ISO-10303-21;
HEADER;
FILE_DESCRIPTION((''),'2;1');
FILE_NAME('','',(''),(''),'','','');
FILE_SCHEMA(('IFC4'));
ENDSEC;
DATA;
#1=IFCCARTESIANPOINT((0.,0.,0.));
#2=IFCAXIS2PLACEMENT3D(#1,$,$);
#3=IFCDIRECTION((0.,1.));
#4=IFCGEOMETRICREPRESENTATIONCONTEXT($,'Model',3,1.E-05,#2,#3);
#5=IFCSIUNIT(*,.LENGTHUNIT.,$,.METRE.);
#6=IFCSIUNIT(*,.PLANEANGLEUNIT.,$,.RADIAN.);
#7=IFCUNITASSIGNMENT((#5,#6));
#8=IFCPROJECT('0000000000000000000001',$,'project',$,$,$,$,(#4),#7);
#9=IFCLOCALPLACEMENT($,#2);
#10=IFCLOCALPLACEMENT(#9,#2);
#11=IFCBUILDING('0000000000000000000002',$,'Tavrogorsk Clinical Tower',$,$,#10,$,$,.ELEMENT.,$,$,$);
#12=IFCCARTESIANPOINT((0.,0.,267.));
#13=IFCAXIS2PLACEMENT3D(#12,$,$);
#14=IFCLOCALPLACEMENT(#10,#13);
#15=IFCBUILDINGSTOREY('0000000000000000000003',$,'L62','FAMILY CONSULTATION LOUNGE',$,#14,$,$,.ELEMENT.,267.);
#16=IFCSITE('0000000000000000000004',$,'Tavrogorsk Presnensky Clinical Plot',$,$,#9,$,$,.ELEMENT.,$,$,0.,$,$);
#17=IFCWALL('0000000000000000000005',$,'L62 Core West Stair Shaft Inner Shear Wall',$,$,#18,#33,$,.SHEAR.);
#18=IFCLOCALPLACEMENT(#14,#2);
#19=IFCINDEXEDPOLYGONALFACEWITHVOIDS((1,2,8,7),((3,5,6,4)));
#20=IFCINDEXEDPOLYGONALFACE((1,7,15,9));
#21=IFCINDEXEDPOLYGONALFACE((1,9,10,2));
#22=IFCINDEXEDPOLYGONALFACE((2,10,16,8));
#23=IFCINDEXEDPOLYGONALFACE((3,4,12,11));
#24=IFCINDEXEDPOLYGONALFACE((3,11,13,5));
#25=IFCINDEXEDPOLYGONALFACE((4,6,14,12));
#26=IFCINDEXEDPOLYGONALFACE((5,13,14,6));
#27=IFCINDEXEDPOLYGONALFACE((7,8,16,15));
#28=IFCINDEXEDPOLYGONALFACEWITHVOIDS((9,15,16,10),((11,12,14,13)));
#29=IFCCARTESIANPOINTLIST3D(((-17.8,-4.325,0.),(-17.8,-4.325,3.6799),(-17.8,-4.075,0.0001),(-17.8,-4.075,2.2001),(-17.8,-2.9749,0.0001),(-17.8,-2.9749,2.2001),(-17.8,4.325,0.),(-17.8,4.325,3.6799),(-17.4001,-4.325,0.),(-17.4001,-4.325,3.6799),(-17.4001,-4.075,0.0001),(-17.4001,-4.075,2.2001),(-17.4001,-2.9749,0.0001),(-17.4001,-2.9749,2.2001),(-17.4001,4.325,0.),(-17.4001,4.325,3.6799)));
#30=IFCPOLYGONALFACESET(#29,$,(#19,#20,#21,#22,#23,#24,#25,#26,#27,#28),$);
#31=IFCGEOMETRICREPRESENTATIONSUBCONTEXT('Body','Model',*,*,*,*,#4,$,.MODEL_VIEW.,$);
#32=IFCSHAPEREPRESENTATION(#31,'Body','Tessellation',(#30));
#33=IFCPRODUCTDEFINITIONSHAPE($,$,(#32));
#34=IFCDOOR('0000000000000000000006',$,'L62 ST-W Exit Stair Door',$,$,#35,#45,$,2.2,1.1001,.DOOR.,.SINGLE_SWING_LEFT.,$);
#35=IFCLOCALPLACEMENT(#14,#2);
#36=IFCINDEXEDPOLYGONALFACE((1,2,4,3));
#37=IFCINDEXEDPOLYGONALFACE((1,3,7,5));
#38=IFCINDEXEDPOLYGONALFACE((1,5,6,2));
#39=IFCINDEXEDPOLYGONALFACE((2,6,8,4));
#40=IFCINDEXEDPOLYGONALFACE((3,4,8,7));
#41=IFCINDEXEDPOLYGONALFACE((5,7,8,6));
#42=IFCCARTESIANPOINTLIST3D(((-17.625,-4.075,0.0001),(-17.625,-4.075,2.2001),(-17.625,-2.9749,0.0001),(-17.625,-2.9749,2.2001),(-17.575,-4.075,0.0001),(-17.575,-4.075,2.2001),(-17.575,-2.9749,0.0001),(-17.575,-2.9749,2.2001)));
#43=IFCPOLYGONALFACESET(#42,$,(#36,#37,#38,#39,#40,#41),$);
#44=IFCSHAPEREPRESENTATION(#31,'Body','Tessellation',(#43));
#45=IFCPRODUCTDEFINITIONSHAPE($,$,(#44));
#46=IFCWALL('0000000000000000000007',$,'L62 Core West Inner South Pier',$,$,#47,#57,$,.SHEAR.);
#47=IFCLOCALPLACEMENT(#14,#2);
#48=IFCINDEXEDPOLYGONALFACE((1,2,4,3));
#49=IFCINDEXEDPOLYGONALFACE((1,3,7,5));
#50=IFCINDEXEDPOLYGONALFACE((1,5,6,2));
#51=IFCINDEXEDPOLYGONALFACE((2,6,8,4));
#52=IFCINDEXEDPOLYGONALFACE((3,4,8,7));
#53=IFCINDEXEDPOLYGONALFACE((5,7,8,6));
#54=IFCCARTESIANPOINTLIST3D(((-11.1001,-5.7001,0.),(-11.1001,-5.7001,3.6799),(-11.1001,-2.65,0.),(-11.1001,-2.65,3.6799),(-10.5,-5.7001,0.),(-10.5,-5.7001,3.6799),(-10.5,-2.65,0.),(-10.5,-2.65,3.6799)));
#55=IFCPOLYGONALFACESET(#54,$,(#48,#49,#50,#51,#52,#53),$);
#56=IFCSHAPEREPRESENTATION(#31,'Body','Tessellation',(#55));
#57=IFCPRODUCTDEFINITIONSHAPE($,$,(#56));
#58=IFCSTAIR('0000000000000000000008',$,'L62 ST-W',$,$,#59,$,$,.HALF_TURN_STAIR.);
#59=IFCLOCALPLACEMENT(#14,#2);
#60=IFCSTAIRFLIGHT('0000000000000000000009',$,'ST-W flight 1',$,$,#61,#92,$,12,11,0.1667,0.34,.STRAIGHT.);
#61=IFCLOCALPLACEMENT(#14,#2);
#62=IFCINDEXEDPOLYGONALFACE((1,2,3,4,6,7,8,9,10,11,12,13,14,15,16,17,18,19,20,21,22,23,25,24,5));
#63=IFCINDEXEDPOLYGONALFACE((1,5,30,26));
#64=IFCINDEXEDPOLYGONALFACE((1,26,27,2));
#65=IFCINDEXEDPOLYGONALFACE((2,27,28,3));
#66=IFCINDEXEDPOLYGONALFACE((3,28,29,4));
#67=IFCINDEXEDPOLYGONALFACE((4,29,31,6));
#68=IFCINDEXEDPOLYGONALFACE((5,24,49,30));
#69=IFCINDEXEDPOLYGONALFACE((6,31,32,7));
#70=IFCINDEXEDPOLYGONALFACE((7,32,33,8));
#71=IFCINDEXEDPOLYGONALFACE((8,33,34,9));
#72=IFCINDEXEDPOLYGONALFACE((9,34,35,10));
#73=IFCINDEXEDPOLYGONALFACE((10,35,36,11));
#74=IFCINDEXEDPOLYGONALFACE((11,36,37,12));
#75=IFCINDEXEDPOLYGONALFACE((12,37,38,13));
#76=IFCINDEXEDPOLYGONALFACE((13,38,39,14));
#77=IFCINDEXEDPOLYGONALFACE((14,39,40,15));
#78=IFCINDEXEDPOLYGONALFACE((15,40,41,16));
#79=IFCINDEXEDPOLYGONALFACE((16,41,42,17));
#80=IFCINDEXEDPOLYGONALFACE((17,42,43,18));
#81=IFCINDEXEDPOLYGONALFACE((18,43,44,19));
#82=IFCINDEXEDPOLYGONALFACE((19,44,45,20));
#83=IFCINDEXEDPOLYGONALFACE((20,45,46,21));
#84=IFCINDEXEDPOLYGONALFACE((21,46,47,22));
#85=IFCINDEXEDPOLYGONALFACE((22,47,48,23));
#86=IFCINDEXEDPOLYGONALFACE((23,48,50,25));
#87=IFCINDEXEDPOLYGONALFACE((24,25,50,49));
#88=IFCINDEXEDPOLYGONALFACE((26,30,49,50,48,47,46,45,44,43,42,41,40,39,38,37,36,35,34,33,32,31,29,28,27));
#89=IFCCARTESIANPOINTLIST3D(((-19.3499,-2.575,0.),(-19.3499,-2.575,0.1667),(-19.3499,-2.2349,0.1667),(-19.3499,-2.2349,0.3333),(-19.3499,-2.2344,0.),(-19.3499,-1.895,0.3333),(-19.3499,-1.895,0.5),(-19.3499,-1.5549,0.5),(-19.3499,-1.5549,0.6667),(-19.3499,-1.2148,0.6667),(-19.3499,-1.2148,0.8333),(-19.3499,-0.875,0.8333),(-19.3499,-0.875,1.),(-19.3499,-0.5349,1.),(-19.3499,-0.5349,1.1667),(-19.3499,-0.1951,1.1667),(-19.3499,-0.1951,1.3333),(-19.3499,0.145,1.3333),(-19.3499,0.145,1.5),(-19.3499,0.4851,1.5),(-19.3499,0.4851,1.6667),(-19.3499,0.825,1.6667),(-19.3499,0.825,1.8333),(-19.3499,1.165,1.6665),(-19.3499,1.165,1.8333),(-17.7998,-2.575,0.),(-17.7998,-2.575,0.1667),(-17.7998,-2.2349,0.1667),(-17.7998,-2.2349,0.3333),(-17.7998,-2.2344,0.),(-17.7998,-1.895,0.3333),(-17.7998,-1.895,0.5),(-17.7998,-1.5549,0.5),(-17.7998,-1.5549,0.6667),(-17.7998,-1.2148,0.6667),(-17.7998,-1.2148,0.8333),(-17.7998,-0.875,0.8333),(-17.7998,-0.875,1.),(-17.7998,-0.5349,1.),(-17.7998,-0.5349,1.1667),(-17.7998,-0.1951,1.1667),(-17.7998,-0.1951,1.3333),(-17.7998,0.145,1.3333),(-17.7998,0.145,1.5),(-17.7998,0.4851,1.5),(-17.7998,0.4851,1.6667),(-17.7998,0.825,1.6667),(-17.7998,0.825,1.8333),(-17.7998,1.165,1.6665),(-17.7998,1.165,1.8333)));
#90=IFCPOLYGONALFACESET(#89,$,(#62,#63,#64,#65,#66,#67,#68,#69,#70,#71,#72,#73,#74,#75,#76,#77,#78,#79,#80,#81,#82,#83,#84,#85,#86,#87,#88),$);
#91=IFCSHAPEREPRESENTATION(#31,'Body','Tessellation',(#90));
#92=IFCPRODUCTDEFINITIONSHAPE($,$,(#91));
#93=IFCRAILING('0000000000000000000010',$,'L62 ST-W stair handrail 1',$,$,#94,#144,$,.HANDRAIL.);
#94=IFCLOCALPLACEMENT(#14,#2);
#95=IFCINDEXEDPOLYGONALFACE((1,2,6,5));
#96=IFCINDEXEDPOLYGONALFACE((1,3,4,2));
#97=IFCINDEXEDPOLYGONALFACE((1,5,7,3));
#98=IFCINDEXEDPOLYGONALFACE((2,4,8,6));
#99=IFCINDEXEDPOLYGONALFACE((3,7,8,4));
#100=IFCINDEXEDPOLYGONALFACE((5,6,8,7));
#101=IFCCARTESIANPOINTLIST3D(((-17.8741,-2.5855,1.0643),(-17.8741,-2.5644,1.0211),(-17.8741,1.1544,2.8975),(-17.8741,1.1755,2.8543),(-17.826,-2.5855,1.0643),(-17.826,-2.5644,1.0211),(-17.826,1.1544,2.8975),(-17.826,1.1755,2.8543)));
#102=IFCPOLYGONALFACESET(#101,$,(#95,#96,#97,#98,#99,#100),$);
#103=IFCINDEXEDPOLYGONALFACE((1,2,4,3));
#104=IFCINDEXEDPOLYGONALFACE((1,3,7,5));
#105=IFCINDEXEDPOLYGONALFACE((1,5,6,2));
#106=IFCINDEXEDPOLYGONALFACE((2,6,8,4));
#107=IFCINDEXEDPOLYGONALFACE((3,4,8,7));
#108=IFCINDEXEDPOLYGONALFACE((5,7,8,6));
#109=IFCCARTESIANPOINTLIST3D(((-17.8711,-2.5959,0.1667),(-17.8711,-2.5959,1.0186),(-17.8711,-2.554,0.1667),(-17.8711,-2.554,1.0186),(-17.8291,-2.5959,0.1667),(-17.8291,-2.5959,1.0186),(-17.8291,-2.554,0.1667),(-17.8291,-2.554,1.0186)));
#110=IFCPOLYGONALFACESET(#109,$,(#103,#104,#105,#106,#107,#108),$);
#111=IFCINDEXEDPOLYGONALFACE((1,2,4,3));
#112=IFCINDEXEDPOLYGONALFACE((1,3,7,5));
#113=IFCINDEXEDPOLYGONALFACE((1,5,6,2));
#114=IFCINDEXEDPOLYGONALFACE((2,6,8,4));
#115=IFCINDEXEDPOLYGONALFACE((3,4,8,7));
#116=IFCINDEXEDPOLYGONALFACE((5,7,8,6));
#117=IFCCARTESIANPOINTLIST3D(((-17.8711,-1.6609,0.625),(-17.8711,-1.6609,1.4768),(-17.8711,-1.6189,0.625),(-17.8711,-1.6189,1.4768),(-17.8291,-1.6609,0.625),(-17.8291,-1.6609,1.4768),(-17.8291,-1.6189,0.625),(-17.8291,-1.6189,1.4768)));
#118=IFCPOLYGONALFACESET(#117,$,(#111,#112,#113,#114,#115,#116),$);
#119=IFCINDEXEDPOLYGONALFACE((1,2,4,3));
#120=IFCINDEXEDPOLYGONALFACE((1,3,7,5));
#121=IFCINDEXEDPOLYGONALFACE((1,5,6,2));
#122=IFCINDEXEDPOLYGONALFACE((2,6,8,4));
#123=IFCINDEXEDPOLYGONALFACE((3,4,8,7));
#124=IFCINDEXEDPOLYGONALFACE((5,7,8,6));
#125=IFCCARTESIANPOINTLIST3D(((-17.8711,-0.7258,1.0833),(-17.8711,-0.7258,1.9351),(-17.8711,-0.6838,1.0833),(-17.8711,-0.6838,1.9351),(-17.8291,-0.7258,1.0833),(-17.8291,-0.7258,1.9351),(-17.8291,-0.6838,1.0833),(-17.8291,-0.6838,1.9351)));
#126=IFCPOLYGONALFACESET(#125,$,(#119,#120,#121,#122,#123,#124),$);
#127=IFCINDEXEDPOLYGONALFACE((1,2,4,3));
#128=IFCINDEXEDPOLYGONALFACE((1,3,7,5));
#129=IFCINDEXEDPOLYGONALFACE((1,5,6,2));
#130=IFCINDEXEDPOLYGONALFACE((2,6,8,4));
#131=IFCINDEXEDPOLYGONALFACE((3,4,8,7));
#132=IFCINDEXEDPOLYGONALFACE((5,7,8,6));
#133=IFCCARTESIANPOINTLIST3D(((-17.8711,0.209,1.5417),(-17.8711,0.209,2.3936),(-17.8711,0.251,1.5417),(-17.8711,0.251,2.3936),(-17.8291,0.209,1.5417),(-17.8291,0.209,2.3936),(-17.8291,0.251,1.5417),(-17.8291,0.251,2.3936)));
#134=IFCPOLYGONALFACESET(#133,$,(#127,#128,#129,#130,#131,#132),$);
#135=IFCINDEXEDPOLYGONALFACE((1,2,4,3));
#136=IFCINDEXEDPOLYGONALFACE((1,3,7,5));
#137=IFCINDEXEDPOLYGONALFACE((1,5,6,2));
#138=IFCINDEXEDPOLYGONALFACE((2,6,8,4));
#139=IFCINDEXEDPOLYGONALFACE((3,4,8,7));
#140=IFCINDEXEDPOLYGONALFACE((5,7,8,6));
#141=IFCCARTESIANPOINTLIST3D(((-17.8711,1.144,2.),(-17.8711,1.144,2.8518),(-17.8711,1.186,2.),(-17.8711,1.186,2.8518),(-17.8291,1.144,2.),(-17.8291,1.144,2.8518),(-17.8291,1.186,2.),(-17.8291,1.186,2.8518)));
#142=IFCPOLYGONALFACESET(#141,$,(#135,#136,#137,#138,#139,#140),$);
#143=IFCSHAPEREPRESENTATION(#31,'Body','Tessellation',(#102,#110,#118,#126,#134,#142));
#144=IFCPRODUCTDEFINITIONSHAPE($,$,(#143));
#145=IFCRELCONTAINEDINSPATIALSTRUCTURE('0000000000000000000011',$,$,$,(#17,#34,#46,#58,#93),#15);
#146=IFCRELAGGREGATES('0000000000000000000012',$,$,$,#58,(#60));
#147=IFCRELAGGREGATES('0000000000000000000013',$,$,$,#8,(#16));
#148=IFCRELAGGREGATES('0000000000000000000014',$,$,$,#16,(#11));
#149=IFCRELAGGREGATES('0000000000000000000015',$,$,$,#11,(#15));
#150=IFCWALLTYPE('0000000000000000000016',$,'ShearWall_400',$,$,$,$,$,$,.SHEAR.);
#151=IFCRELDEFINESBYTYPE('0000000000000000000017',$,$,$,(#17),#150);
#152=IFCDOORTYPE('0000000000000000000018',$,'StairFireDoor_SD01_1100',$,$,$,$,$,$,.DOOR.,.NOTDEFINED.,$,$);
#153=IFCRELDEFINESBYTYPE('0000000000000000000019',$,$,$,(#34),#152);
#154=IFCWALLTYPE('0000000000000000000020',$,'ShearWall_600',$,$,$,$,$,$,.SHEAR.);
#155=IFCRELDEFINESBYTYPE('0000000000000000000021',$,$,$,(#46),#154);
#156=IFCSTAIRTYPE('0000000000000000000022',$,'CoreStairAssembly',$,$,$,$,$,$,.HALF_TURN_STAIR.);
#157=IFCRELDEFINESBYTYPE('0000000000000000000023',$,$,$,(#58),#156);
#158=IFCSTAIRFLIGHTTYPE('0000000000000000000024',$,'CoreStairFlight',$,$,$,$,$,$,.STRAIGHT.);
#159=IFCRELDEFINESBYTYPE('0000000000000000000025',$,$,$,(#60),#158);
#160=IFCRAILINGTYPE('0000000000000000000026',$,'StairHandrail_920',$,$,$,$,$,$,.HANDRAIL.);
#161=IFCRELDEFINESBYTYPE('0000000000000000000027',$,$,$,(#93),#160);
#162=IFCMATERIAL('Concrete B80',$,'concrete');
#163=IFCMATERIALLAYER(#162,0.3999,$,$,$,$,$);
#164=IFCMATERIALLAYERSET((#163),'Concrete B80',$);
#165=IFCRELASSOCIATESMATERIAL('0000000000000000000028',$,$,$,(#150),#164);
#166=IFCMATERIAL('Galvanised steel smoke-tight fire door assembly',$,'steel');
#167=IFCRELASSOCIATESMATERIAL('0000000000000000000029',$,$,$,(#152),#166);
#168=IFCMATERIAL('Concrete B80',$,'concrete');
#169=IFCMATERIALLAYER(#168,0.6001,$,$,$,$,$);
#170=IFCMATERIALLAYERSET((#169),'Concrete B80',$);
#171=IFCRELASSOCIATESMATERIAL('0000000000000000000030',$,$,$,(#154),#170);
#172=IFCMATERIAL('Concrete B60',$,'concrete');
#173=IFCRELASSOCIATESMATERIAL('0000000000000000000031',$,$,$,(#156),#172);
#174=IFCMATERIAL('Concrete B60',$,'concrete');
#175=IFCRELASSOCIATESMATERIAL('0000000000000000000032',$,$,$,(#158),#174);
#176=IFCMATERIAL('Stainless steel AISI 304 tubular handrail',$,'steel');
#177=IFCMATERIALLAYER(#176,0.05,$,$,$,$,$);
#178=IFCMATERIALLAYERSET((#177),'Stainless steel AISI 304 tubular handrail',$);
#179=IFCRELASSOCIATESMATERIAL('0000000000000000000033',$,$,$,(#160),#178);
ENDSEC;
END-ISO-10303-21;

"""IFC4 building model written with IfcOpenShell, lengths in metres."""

from ifc_helpers import new_model, si_unit, direction, frame, frame_2d, origin, origin_2d, place, context, subcontext, project, spatial, polyline, rectangle, outline, extrude, material, layer, layer_set, type_object, element, fill, aggregate, save


model = new_model("IFC4")

# Units and contexts
model_context = context("Model", 3, precision=1e-05, world=origin(), true_north=direction((0.0, 1.0)))
body_context = subcontext(model_context, "Body", "Model", "MODEL_VIEW")
ifc_project = project(units=[si_unit("LENGTHUNIT", "METRE"), si_unit("PLANEANGLEUNIT", "RADIAN")], contexts=[model_context])

# Site, building, storey
site_placement = place(None, origin())
site = spatial("IfcSite", under=ifc_project, at=site_placement, Name="Tavrogorsk Presnensky Clinical Plot", CompositionType="ELEMENT", RefElevation=0.0)
building_placement = place(site_placement, origin())
building = spatial("IfcBuilding", under=site, at=building_placement, Name="Tavrogorsk Clinical Tower", CompositionType="ELEMENT")
storey_placement = place(building_placement, frame((0.0, 0.0, 267.0)))
storey = spatial("IfcBuildingStorey", under=building, at=storey_placement, Name="L62", Description="FAMILY CONSULTATION LOUNGE", CompositionType="ELEMENT", Elevation=267.0)

# Wall, opening, door
ifc_material_1 = material(Name="Concrete B80", Category="concrete")
ifc_layer_1 = layer(ifc_material_1, 0.3999)
ifc_layer_set_1 = layer_set([ifc_layer_1], Name="Concrete B80")
wall_type_1 = type_object("IfcWallType", Name="ShearWall_400", PredefinedType="SHEAR", material=ifc_layer_set_1)
wall_1_placement = place(storey_placement, frame((-17.6001, -4.325, 0.0), z_axis=(0.0, 0.0, 1.0), x_axis=(0.0, 1.0, 0.0)))
wall_1 = element("IfcWall", 1, at=wall_1_placement, inside=storey, type_object=wall_type_1, Name="L62 Core West Stair Shaft Inner Shear Wall", PredefinedType="SHEAR", context=body_context, shape_type="SweptSolid", body=[
    extrude(rectangle(XDim=8.6499, YDim=0.3999, at=frame_2d((4.325, 0.0))), origin(), (0.0, 0.0, 1.0), 3.6799),
])
opening_1_placement = place(wall_1_placement, frame((0.25, 0.0, 0.0)))
opening_1 = element("IfcOpeningElement", 2, at=opening_1_placement, cuts=wall_1, PredefinedType="OPENING", context=body_context, shape_type="SweptSolid", body=[
    extrude(rectangle(XDim=1.1001, YDim=2.2, at=frame_2d((0.55, 1.1001))), frame((0.0, 0.21, 0.0), z_axis=(0.0, -1.0, 0.0), x_axis=(1.0, 0.0, 0.0)), (0.0, 0.0, 1.0), 0.4199),
])
ifc_material_2 = material(Name="Galvanised steel smoke-tight fire door assembly", Category="steel")
door_type_1 = type_object("IfcDoorType", Name="StairFireDoor_SD01_1100", OperationType="NOTDEFINED", PredefinedType="DOOR", material=ifc_material_2)
door_1_placement = place(opening_1_placement, origin())
door_1 = element("IfcDoor", 3, at=door_1_placement, inside=storey, type_object=door_type_1, Name="L62 ST-W Exit Stair Door", OperationType="SINGLE_SWING_LEFT", OverallHeight=2.2, OverallWidth=1.1001, PredefinedType="DOOR", context=body_context, shape_type="SweptSolid", body=[
    extrude(rectangle(XDim=1.1001, YDim=2.2, at=frame_2d((0.55, 1.1001))), frame((0.0, 0.0249, 0.0), z_axis=(0.0, -1.0, 0.0), x_axis=(1.0, 0.0, 0.0)), (0.0, 0.0, 1.0), 0.05),
])
fill(opening_1, door_1)

# Wall
ifc_material_3 = material(Name="Concrete B80", Category="concrete")
ifc_layer_2 = layer(ifc_material_3, 0.6001)
ifc_layer_set_2 = layer_set([ifc_layer_2], Name="Concrete B80")
wall_type_2 = type_object("IfcWallType", Name="ShearWall_600", PredefinedType="SHEAR", material=ifc_layer_set_2)
wall_2_placement = place(storey_placement, frame((-10.8, -5.7, 0.0), z_axis=(0.0, 0.0, 1.0), x_axis=(0.0, 1.0, 0.0)))
element("IfcWall", 4, at=wall_2_placement, inside=storey, type_object=wall_type_2, Name="L62 Core West Inner South Pier", PredefinedType="SHEAR", context=body_context, shape_type="SweptSolid", body=[
    extrude(rectangle(XDim=3.05, YDim=0.6001, at=frame_2d((1.5249, 0.0))), origin(), (0.0, 0.0, 1.0), 3.6799),
])

# Stair, stair flight
ifc_material_4 = material(Name="Concrete B60", Category="concrete")
stair_type = type_object("IfcStairType", Name="CoreStairAssembly", PredefinedType="HALF_TURN_STAIR", material=ifc_material_4)
stair_placement = place(storey_placement, origin())
stair = element("IfcStair", 5, at=stair_placement, inside=storey, type_object=stair_type, Name="L62 ST-W", PredefinedType="HALF_TURN_STAIR")
ifc_material_5 = material(Name="Concrete B60", Category="concrete")
stair_flight_type = type_object("IfcStairFlightType", Name="CoreStairFlight", PredefinedType="STRAIGHT", material=ifc_material_5)
stair_flight_placement = place(storey_placement, frame((-18.575, -2.575, 0.0), z_axis=(0.0, 0.0, 1.0), x_axis=(0.0, 1.0, 0.0)))
stair_flight = element("IfcStairFlight", 6, at=stair_flight_placement, type_object=stair_flight_type, Name="ST-W flight 1", NumberOfRisers=12, NumberOfTreads=11, PredefinedType="STRAIGHT", RiserHeight=0.1667, TreadLength=0.34, context=body_context, shape_type="SweptSolid", body=[
    extrude(outline(polyline([(0.0, 0.0), (0.0, 0.1667), (0.3401, 0.1667), (0.3401, 0.3333), (0.6799, 0.3333), (0.6799, 0.5), (1.02, 0.5), (1.02, 0.6667), (1.3601, 0.6667), (1.3601, 0.8333), (1.7, 0.8333), (1.7, 1.0), (2.04, 1.0), (2.04, 1.1667), (2.3799, 1.1667), (2.3799, 1.3333), (2.72, 1.3333), (2.72, 1.5), (3.0601, 1.5), (3.0601, 1.6667), (3.3999, 1.6667), (3.3999, 1.8333), (3.74, 1.8333), (3.74, 2.0), (3.74, 1.6665), (0.3406, 0.0), (0.0, 0.0)])), frame((0.0, 0.7749, 0.0), z_axis=(0.0, -1.0, 0.0), x_axis=(1.0, 0.0, 0.0)), (0.0, 0.0, 1.0), 1.55),
])
aggregate(stair, [stair_flight])

# Railing
ifc_material_6 = material(Name="Stainless steel AISI 304 tubular handrail", Category="steel")
ifc_layer_3 = layer(ifc_material_6, 0.05)
ifc_layer_set_3 = layer_set([ifc_layer_3], Name="Stainless steel AISI 304 tubular handrail")
railing_type = type_object("IfcRailingType", Name="StairHandrail_920", PredefinedType="HANDRAIL", material=ifc_layer_set_3)
railing_placement = place(storey_placement, frame((-17.8501, -2.575, 0.1667)))
element("IfcRailing", 7, at=railing_placement, inside=storey, type_object=railing_type, Name="L62 ST-W stair handrail 1", PredefinedType="HANDRAIL", context=body_context, shape_type="SweptSolid", body=[
    extrude(rectangle(XDim=0.0481, YDim=0.0481, at=origin_2d()), frame((0.0, 0.0, 0.876), z_axis=(0.0, 0.897928, 0.440142), x_axis=(-1.0, 0.0, 0.0)), (0.0, 0.0, 1.0), 4.165),
    extrude(rectangle(XDim=0.042, YDim=0.042, at=origin_2d()), origin(), (0.0, 0.0, 1.0), 0.8518),
    extrude(rectangle(XDim=0.042, YDim=0.042, at=origin_2d()), frame((0.0, 0.9351, 0.4583)), (0.0, 0.0, 1.0), 0.8518),
    extrude(rectangle(XDim=0.042, YDim=0.042, at=origin_2d()), frame((0.0, 1.8701, 0.9165)), (0.0, 0.0, 1.0), 0.8518),
    extrude(rectangle(XDim=0.042, YDim=0.042, at=origin_2d()), frame((0.0, 2.8049, 1.375)), (0.0, 0.0, 1.0), 0.8518),
    extrude(rectangle(XDim=0.042, YDim=0.042, at=origin_2d()), frame((0.0, 3.74, 1.8333)), (0.0, 0.0, 1.0), 0.8518),
])

save(model, "model.ifc")
